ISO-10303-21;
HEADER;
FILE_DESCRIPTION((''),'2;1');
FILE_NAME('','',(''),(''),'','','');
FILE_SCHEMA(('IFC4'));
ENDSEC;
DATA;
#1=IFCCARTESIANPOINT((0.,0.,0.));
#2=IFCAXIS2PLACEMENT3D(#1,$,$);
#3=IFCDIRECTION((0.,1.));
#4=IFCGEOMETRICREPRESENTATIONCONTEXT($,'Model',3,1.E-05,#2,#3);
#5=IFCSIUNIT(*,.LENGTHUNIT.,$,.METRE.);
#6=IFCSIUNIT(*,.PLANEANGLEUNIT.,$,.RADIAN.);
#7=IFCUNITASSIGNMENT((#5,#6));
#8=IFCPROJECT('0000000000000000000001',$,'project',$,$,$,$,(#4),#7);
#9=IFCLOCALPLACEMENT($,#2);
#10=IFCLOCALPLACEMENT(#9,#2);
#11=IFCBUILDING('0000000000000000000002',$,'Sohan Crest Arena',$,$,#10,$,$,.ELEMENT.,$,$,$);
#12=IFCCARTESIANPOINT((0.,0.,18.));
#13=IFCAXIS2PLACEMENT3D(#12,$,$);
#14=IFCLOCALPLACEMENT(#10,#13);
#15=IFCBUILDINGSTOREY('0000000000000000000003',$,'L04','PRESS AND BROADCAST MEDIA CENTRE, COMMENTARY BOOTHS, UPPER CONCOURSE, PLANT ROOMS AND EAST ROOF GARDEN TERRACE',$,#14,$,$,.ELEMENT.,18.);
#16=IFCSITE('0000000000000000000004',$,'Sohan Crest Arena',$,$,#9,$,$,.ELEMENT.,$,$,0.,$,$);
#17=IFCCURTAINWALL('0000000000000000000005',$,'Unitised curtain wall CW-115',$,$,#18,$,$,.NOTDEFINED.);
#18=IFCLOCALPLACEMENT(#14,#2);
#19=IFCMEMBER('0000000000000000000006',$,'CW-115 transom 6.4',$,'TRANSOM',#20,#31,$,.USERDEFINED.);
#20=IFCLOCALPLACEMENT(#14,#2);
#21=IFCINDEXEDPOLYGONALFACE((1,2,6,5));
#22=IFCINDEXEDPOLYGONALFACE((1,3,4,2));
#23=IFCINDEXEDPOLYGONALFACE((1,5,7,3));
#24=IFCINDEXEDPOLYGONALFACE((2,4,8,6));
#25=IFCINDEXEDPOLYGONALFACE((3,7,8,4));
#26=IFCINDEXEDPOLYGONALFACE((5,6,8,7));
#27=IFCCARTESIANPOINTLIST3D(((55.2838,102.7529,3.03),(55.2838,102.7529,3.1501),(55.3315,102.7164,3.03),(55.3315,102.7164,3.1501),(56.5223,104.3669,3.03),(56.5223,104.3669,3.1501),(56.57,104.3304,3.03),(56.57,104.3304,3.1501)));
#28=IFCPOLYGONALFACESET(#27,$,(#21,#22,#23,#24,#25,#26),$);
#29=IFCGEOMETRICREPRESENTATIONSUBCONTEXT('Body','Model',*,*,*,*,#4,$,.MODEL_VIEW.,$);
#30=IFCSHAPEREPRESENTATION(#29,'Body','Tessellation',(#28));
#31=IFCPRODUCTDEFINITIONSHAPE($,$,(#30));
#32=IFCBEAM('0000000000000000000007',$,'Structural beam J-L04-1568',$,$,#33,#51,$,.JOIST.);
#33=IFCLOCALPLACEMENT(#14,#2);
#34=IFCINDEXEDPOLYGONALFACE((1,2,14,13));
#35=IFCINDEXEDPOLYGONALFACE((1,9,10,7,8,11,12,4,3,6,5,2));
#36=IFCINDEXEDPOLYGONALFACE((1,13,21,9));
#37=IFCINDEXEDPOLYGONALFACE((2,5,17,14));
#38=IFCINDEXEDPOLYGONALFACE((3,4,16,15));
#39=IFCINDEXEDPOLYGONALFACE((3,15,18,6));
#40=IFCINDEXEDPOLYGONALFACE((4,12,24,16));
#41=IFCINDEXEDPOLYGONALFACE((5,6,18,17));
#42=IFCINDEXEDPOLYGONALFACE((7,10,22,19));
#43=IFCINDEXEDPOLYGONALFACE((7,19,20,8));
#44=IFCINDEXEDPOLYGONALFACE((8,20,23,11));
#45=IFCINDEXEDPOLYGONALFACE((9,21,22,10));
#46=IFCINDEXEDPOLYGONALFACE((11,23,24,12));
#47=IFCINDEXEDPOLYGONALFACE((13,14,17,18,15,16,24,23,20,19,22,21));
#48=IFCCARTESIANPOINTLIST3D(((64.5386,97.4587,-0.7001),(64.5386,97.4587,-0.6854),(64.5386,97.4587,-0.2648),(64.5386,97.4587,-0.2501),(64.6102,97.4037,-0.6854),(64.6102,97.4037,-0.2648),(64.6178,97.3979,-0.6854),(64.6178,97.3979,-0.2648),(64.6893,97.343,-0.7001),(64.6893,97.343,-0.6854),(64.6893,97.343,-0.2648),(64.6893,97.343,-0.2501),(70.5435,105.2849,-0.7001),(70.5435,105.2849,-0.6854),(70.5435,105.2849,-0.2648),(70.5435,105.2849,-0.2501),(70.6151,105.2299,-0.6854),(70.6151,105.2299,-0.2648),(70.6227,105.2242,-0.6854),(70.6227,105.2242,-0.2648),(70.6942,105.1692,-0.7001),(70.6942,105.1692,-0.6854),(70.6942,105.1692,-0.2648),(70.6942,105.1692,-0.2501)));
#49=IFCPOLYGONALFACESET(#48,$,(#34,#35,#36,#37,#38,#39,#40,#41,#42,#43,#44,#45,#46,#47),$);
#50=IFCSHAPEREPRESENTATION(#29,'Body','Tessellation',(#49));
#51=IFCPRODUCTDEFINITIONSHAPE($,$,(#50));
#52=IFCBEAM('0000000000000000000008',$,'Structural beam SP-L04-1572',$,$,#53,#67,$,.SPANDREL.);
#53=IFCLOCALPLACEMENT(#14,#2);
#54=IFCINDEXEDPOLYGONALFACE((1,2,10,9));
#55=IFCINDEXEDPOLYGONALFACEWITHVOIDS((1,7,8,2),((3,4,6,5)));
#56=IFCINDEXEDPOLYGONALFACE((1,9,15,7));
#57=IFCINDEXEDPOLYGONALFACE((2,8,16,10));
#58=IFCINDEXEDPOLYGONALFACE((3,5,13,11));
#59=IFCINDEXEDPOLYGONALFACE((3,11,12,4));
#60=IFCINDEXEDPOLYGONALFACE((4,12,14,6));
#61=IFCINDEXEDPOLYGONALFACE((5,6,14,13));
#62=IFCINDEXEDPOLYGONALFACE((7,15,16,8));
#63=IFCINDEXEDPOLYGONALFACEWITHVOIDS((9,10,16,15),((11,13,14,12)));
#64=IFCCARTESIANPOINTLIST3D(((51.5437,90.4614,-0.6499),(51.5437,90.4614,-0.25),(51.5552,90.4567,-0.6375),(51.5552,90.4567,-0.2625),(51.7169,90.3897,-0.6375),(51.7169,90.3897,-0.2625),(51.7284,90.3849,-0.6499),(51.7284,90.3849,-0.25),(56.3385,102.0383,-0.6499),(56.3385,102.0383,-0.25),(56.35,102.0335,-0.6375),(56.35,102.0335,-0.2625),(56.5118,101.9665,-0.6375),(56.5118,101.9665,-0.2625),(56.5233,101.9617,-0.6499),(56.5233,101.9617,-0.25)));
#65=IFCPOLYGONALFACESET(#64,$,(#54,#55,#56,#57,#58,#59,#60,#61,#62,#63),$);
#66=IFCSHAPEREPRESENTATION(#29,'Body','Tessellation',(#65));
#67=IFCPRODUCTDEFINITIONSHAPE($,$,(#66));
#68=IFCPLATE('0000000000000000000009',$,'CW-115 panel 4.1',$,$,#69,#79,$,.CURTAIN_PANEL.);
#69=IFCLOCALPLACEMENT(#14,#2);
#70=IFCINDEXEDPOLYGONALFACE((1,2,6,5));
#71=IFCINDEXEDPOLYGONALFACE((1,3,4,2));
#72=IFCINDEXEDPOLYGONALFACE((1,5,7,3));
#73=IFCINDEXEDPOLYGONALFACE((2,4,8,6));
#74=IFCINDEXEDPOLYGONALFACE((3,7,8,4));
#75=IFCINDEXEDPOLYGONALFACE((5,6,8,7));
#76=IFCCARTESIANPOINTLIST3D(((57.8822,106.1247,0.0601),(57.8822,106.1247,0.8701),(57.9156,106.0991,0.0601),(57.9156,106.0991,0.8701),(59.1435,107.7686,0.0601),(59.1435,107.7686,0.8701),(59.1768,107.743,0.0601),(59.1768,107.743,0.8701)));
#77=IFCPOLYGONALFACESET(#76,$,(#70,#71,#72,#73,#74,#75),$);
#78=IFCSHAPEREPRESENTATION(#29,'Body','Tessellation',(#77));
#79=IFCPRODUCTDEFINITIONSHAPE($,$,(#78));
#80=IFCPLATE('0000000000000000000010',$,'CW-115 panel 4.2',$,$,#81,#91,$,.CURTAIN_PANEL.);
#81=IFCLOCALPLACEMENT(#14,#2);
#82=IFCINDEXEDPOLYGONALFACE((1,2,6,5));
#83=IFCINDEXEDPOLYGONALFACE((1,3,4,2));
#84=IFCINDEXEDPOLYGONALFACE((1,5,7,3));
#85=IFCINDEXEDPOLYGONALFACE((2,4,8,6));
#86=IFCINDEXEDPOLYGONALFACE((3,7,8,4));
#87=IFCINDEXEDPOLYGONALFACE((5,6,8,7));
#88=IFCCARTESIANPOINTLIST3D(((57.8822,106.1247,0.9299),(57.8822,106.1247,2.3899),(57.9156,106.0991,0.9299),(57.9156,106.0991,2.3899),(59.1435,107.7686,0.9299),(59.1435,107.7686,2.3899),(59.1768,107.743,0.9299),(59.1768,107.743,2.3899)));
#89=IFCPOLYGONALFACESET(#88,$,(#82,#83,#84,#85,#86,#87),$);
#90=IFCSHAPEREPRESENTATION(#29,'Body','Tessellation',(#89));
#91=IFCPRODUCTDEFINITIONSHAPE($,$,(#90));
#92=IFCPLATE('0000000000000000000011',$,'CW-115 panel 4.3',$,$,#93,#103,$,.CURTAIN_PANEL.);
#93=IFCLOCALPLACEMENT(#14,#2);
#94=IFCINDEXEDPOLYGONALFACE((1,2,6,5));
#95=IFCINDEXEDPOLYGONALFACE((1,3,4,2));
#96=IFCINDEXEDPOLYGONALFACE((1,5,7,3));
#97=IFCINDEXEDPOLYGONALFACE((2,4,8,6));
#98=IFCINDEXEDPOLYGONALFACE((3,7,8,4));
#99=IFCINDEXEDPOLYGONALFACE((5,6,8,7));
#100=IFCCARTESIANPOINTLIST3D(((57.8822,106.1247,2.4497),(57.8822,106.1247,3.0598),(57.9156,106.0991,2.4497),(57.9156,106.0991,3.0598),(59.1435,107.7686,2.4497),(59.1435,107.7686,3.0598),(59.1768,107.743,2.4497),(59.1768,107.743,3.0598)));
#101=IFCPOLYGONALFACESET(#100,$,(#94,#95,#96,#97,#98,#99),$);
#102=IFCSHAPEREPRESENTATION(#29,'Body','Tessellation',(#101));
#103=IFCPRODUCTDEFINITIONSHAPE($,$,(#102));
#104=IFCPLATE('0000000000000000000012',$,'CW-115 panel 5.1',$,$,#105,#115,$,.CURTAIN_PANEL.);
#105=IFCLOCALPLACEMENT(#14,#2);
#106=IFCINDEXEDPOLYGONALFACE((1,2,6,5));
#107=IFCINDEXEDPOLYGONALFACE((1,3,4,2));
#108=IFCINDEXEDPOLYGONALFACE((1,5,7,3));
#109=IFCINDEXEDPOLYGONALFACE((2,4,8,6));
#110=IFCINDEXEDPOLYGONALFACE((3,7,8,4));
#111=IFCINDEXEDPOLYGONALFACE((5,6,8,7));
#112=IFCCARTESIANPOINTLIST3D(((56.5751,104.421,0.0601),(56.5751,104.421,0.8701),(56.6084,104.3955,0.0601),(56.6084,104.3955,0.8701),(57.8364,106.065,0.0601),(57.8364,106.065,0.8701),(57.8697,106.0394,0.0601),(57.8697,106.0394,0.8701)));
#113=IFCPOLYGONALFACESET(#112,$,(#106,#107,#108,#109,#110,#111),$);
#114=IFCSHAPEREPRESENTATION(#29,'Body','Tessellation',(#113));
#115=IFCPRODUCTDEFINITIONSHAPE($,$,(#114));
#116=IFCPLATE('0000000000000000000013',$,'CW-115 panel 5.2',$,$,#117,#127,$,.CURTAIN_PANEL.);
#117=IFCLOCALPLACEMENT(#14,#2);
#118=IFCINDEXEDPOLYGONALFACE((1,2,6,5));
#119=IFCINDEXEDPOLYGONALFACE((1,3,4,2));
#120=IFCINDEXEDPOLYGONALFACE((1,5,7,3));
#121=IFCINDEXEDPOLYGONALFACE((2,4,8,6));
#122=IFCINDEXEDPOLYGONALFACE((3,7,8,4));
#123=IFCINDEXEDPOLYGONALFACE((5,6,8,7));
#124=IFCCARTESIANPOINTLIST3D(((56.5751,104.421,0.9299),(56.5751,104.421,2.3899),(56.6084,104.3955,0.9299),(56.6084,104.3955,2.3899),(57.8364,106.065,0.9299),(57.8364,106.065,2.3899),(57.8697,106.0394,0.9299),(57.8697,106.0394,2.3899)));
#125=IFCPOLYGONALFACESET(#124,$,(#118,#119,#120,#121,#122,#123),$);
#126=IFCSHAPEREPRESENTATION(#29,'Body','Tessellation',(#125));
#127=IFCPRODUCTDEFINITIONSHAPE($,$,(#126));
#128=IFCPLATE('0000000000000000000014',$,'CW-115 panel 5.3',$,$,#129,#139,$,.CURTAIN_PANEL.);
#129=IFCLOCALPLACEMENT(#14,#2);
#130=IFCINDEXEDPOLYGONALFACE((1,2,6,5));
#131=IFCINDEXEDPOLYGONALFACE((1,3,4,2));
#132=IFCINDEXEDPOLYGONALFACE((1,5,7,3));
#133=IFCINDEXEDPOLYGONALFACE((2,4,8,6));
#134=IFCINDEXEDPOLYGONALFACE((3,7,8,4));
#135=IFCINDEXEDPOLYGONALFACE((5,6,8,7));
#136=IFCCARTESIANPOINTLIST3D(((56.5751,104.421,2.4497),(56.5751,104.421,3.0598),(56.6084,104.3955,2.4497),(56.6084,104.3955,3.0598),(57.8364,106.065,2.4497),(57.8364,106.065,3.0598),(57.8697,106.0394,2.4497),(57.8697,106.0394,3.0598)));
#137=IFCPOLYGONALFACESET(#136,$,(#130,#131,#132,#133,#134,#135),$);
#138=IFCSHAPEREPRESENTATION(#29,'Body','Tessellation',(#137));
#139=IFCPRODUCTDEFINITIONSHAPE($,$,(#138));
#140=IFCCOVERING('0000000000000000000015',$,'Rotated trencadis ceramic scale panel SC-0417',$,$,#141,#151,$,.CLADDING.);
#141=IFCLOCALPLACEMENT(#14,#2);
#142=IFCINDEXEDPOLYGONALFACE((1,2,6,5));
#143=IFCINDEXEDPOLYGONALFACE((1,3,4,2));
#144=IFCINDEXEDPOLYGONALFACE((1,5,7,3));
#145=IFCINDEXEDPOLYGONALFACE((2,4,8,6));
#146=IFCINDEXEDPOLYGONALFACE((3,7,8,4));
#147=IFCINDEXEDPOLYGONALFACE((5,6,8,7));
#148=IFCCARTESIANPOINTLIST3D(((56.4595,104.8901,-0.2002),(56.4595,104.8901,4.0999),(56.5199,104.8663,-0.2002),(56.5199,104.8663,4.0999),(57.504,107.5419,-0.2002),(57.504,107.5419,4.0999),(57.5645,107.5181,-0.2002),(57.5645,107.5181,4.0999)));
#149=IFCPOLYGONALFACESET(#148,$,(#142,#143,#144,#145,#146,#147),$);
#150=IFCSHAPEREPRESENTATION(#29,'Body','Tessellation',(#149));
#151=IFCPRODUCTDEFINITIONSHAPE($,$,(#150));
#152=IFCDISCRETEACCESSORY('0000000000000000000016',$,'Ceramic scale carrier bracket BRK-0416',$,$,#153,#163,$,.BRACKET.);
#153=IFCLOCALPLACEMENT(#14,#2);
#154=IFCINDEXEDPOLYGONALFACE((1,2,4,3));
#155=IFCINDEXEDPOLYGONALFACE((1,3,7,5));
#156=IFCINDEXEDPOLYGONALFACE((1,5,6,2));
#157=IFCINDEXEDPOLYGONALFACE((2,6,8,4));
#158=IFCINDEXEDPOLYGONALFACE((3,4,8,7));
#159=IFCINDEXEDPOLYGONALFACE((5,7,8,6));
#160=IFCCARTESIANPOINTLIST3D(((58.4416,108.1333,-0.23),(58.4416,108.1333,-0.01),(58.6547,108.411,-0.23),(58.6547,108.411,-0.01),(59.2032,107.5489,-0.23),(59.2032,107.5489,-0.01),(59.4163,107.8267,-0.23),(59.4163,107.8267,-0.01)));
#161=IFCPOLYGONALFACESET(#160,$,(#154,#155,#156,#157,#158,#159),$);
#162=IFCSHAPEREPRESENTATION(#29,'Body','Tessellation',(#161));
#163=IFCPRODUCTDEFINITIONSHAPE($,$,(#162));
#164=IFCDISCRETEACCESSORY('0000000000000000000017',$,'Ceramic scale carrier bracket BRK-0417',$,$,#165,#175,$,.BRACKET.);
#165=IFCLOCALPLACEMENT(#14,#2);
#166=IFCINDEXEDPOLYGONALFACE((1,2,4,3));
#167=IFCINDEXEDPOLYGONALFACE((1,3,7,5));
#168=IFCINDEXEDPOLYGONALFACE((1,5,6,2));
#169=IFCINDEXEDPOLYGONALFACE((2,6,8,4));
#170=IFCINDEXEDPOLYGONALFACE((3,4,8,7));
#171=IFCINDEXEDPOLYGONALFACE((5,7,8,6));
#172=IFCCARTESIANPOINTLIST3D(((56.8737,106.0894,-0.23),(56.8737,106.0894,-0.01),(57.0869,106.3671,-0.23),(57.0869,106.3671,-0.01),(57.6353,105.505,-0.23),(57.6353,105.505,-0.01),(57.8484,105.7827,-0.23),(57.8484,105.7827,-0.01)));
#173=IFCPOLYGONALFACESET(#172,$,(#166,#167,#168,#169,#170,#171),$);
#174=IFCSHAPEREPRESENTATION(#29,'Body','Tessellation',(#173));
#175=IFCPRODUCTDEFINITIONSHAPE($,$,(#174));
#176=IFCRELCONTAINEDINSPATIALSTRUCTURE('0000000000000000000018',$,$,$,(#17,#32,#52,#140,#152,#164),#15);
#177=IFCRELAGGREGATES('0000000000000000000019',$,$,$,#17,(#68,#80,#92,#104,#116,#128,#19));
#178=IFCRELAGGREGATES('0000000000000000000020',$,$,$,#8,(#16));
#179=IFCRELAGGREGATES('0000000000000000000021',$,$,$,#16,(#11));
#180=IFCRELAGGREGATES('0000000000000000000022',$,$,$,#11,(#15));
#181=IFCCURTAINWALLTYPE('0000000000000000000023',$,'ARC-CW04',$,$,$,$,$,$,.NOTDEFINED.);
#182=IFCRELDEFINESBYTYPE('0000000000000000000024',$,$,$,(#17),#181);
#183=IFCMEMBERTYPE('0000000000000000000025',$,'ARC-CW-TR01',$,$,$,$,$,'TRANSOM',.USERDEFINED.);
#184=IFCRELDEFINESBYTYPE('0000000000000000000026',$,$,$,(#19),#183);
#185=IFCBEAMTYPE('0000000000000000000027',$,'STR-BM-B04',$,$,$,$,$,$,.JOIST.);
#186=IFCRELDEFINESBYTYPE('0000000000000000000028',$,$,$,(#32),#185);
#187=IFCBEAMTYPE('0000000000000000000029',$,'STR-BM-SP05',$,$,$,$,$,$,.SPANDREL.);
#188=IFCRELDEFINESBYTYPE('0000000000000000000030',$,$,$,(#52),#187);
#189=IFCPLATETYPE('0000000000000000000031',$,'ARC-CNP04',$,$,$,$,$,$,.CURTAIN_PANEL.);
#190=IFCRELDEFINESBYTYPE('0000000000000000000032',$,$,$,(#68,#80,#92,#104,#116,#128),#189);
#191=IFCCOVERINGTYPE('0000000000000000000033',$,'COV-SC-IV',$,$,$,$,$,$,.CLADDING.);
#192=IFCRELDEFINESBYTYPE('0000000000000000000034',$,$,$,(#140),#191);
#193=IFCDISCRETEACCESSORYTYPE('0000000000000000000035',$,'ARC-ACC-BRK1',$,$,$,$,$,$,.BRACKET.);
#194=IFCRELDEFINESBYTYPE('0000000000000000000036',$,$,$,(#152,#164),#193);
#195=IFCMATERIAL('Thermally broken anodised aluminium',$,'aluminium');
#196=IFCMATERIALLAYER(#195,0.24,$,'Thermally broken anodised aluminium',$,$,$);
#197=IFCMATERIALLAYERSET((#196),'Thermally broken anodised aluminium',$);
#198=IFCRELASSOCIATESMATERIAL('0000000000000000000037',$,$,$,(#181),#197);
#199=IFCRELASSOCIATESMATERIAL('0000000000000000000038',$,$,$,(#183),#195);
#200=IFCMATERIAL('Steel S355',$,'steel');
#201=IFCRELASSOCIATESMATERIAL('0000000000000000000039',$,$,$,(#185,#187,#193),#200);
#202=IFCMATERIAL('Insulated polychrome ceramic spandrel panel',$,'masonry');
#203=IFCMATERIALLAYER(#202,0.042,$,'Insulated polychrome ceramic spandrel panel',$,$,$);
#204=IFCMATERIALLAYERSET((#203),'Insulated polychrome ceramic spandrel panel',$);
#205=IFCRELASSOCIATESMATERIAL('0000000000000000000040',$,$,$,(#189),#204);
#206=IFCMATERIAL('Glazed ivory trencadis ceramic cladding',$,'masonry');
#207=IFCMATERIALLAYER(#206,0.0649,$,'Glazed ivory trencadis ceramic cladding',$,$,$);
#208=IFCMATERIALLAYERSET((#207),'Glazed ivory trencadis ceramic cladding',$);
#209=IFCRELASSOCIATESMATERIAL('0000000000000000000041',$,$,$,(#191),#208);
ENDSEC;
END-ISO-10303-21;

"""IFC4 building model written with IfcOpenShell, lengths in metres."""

from ifc_helpers import new_model, si_unit, direction, frame, origin, origin_2d, place, context, subcontext, project, spatial, rectangle, hollow_rectangle, i_section, extrude, material, layer, layer_set, material_profile, profile_set, type_object, element, aggregate, save


model = new_model("IFC4")

# Units and contexts
model_context = context("Model", 3, precision=1e-05, world=origin(), true_north=direction((0.0, 1.0)))
body_context = subcontext(model_context, "Body", "Model", "MODEL_VIEW")
ifc_project = project(units=[si_unit("LENGTHUNIT", "METRE"), si_unit("PLANEANGLEUNIT", "RADIAN")], contexts=[model_context])

# Site, building, storey
site_placement = place(None, origin())
site = spatial("IfcSite", under=ifc_project, at=site_placement, Name="Sohan Crest Arena", CompositionType="ELEMENT", RefElevation=0.0)
building_placement = place(site_placement, origin())
building = spatial("IfcBuilding", under=site, at=building_placement, Name="Sohan Crest Arena", CompositionType="ELEMENT")
storey_placement = place(building_placement, frame((0.0, 0.0, 18.0)))
storey = spatial("IfcBuildingStorey", under=building, at=storey_placement, Name="L04", Description="PRESS AND BROADCAST MEDIA CENTRE, COMMENTARY BOOTHS, UPPER CONCOURSE, PLANT ROOMS AND EAST ROOF GARDEN TERRACE", CompositionType="ELEMENT", Elevation=18.0)

# Curtain wall, member
ifc_material_1 = material(Name="Thermally broken anodised aluminium", Category="aluminium")
ifc_layer_1 = layer(ifc_material_1, 0.24, Name="Thermally broken anodised aluminium")
ifc_layer_set_1 = layer_set([ifc_layer_1], Name="Thermally broken anodised aluminium")
curtain_wall_type = type_object("IfcCurtainWallType", Name="ARC-CW04", PredefinedType="NOTDEFINED", material=ifc_layer_set_1)
curtain_wall_placement = place(storey_placement, origin())
curtain_wall = element("IfcCurtainWall", 1, at=curtain_wall_placement, inside=storey, type_object=curtain_wall_type, Name="Unitised curtain wall CW-115", PredefinedType="NOTDEFINED")
ifc_material_profile_1 = material_profile(ifc_material_1, rectangle(XDim=0.0601, YDim=0.1201, at=origin_2d()), Name="ALU-TRAN 60x120")
ifc_profile_set_1 = profile_set([ifc_material_profile_1], Name="Thermally broken anodised aluminium")
member_type_1 = type_object("IfcMemberType", Name="ARC-CW-TR01", ElementType="TRANSOM", PredefinedType="USERDEFINED", material=ifc_profile_set_1)
member_1_placement = place(storey_placement, frame((56.5461, 104.3486, 3.0901), z_axis=(-0.608777, -0.793342, 0.0), x_axis=(0.793342, -0.608777, 0.0)))
member_1 = element("IfcMember", 2, at=member_1_placement, type_object=member_type_1, Name="CW-115 transom 6.4", ObjectType="TRANSOM", PredefinedType="USERDEFINED", context=body_context, shape_type="SweptSolid", body=[
    extrude(rectangle(XDim=0.0601, YDim=0.1201, at=origin_2d()), origin(), (0.0, 0.0, 1.0), 2.0344),
])

# Beams
ifc_material_2 = material(Name="Steel S355", Category="steel")
ifc_material_profile_2 = material_profile(ifc_material_2, i_section(OverallWidth=0.1899, OverallDepth=0.45, WebThickness=0.0095, FlangeThickness=0.0146, at=origin_2d()), Name="IPE 450")
ifc_profile_set_2 = profile_set([ifc_material_profile_2], Name="Steel S355")
beam_type_1 = type_object("IfcBeamType", Name="STR-BM-B04", PredefinedType="JOIST", material=ifc_profile_set_2)
beam_1_placement = place(storey_placement, frame((70.6189, 105.2271, -0.4751), z_axis=(-0.608739, -0.79337, 0.0), x_axis=(0.79337, -0.608739, 0.0)))
element("IfcBeam", 3, at=beam_1_placement, inside=storey, type_object=beam_type_1, Name="Structural beam J-L04-1568", PredefinedType="JOIST", context=body_context, shape_type="SweptSolid", body=[
    extrude(i_section(OverallWidth=0.1899, OverallDepth=0.45, WebThickness=0.0095, FlangeThickness=0.0146, at=origin_2d()), origin(), (0.0, 0.0, 1.0), 9.8645),
])
ifc_material_profile_3 = material_profile(ifc_material_2, hollow_rectangle(XDim=0.2, YDim=0.3999, WallThickness=0.0125, at=origin_2d()), Name="RHS 400x200x12.5")
ifc_profile_set_3 = profile_set([ifc_material_profile_3], Name="Steel S355")
beam_type_2 = type_object("IfcBeamType", Name="STR-BM-SP05", PredefinedType="SPANDREL", material=ifc_profile_set_3)
beam_2_placement = place(storey_placement, frame((56.4309, 102.0, -0.45), z_axis=(-0.382657, -0.923891, 0.0), x_axis=(0.923891, -0.382657, 0.0)))
element("IfcBeam", 4, at=beam_2_placement, inside=storey, type_object=beam_type_2, Name="Structural beam SP-L04-1572", PredefinedType="SPANDREL", context=body_context, shape_type="SweptSolid", body=[
    extrude(hollow_rectangle(XDim=0.2, YDim=0.3999, WallThickness=0.0125, at=origin_2d()), origin(), (0.0, 0.0, 1.0), 12.5305),
])

# Plates
ifc_material_3 = material(Name="Insulated polychrome ceramic spandrel panel", Category="masonry")
ifc_layer_2 = layer(ifc_material_3, 0.042, Name="Insulated polychrome ceramic spandrel panel")
ifc_layer_set_2 = layer_set([ifc_layer_2], Name="Insulated polychrome ceramic spandrel panel")
plate_type = type_object("IfcPlateType", Name="ARC-CNP04", PredefinedType="CURTAIN_PANEL", material=ifc_layer_set_2)
plate_1_placement = place(storey_placement, frame((58.5295, 106.9338, 0.0601), z_axis=(0.0, 0.0, 1.0), x_axis=(-0.60872, -0.793385, 0.0)))
plate_1 = element("IfcPlate", 5, at=plate_1_placement, type_object=plate_type, Name="CW-115 panel 4.1", PredefinedType="CURTAIN_PANEL", context=body_context, shape_type="SweptSolid", body=[
    extrude(rectangle(XDim=2.072, YDim=0.042, at=origin_2d()), origin(), (0.0, 0.0, 1.0), 0.8101),
])
plate_2_placement = place(storey_placement, frame((58.5295, 106.9338, 0.9299), z_axis=(0.0, 0.0, 1.0), x_axis=(-0.60872, -0.793385, 0.0)))
plate_2 = element("IfcPlate", 6, at=plate_2_placement, type_object=plate_type, Name="CW-115 panel 4.2", PredefinedType="CURTAIN_PANEL", context=body_context, shape_type="SweptSolid", body=[
    extrude(rectangle(XDim=2.072, YDim=0.042, at=origin_2d()), origin(), (0.0, 0.0, 1.0), 1.46),
])
plate_3_placement = place(storey_placement, frame((58.5295, 106.9338, 2.4497), z_axis=(0.0, 0.0, 1.0), x_axis=(-0.60872, -0.793385, 0.0)))
plate_3 = element("IfcPlate", 7, at=plate_3_placement, type_object=plate_type, Name="CW-115 panel 4.3", PredefinedType="CURTAIN_PANEL", context=body_context, shape_type="SweptSolid", body=[
    extrude(rectangle(XDim=2.072, YDim=0.042, at=origin_2d()), origin(), (0.0, 0.0, 1.0), 0.6101),
])
plate_4_placement = place(storey_placement, frame((57.2224, 105.2302, 0.0601), z_axis=(0.0, 0.0, 1.0), x_axis=(-0.60872, -0.793385, 0.0)))
plate_4 = element("IfcPlate", 8, at=plate_4_placement, type_object=plate_type, Name="CW-115 panel 5.1", PredefinedType="CURTAIN_PANEL", context=body_context, shape_type="SweptSolid", body=[
    extrude(rectangle(XDim=2.072, YDim=0.042, at=origin_2d()), origin(), (0.0, 0.0, 1.0), 0.8101),
])
plate_5_placement = place(storey_placement, frame((57.2224, 105.2302, 0.9299), z_axis=(0.0, 0.0, 1.0), x_axis=(-0.60872, -0.793385, 0.0)))
plate_5 = element("IfcPlate", 9, at=plate_5_placement, type_object=plate_type, Name="CW-115 panel 5.2", PredefinedType="CURTAIN_PANEL", context=body_context, shape_type="SweptSolid", body=[
    extrude(rectangle(XDim=2.072, YDim=0.042, at=origin_2d()), origin(), (0.0, 0.0, 1.0), 1.46),
])
plate_6_placement = place(storey_placement, frame((57.2224, 105.2302, 2.4497), z_axis=(0.0, 0.0, 1.0), x_axis=(-0.60872, -0.793385, 0.0)))
plate_6 = element("IfcPlate", 10, at=plate_6_placement, type_object=plate_type, Name="CW-115 panel 5.3", PredefinedType="CURTAIN_PANEL", context=body_context, shape_type="SweptSolid", body=[
    extrude(rectangle(XDim=2.072, YDim=0.042, at=origin_2d()), origin(), (0.0, 0.0, 1.0), 0.6101),
])
aggregate(curtain_wall, [plate_1, plate_2, plate_3, plate_4, plate_5, plate_6, member_1])

# Covering
ifc_material_4 = material(Name="Glazed ivory trencadis ceramic cladding", Category="masonry")
ifc_layer_3 = layer(ifc_material_4, 0.0649, Name="Glazed ivory trencadis ceramic cladding")
ifc_layer_set_3 = layer_set([ifc_layer_3], Name="Glazed ivory trencadis ceramic cladding")
covering_type = type_object("IfcCoveringType", Name="COV-SC-IV", PredefinedType="CLADDING", material=ifc_layer_set_3)
covering_placement = place(storey_placement, frame((57.012, 106.2041, -0.2002), z_axis=(0.0, 0.0, 1.0), x_axis=(-0.366501, -0.930418, 0.0)))
element("IfcCovering", 11, at=covering_placement, inside=storey, type_object=covering_type, Name="Rotated trencadis ceramic scale panel SC-0417", PredefinedType="CLADDING", context=body_context, shape_type="SweptSolid", body=[
    extrude(rectangle(XDim=2.8501, YDim=0.0649, at=origin_2d()), origin(), (0.0, 0.0, 1.0), 4.3),
])

# Discrete accessories
discrete_accessory_type = type_object("IfcDiscreteAccessoryType", Name="ARC-ACC-BRK1", PredefinedType="BRACKET", material=ifc_material_2)
for number, where, z_axis, x_axis, name in (
    (12, (58.929, 107.98, -0.23), (0.0, 0.0, 1.0), (-0.608761, -0.793353, 0.0), "Ceramic scale carrier bracket BRK-0416"),
    (13, (57.3611, 105.936, -0.23), (0.0, 0.0, 1.0), (-0.608761, -0.793353, 0.0), "Ceramic scale carrier bracket BRK-0417"),
):
    element("IfcDiscreteAccessory", number, at=place(storey_placement, frame(where, z_axis=z_axis, x_axis=x_axis)), inside=storey, type_object=discrete_accessory_type, Name=name, PredefinedType="BRACKET", context=body_context, shape_type="SweptSolid", body=[
        extrude(rectangle(XDim=0.3501, YDim=0.96, at=origin_2d()), origin(), (0.0, 0.0, 1.0), 0.22),
    ])

save(model, "model.ifc")
